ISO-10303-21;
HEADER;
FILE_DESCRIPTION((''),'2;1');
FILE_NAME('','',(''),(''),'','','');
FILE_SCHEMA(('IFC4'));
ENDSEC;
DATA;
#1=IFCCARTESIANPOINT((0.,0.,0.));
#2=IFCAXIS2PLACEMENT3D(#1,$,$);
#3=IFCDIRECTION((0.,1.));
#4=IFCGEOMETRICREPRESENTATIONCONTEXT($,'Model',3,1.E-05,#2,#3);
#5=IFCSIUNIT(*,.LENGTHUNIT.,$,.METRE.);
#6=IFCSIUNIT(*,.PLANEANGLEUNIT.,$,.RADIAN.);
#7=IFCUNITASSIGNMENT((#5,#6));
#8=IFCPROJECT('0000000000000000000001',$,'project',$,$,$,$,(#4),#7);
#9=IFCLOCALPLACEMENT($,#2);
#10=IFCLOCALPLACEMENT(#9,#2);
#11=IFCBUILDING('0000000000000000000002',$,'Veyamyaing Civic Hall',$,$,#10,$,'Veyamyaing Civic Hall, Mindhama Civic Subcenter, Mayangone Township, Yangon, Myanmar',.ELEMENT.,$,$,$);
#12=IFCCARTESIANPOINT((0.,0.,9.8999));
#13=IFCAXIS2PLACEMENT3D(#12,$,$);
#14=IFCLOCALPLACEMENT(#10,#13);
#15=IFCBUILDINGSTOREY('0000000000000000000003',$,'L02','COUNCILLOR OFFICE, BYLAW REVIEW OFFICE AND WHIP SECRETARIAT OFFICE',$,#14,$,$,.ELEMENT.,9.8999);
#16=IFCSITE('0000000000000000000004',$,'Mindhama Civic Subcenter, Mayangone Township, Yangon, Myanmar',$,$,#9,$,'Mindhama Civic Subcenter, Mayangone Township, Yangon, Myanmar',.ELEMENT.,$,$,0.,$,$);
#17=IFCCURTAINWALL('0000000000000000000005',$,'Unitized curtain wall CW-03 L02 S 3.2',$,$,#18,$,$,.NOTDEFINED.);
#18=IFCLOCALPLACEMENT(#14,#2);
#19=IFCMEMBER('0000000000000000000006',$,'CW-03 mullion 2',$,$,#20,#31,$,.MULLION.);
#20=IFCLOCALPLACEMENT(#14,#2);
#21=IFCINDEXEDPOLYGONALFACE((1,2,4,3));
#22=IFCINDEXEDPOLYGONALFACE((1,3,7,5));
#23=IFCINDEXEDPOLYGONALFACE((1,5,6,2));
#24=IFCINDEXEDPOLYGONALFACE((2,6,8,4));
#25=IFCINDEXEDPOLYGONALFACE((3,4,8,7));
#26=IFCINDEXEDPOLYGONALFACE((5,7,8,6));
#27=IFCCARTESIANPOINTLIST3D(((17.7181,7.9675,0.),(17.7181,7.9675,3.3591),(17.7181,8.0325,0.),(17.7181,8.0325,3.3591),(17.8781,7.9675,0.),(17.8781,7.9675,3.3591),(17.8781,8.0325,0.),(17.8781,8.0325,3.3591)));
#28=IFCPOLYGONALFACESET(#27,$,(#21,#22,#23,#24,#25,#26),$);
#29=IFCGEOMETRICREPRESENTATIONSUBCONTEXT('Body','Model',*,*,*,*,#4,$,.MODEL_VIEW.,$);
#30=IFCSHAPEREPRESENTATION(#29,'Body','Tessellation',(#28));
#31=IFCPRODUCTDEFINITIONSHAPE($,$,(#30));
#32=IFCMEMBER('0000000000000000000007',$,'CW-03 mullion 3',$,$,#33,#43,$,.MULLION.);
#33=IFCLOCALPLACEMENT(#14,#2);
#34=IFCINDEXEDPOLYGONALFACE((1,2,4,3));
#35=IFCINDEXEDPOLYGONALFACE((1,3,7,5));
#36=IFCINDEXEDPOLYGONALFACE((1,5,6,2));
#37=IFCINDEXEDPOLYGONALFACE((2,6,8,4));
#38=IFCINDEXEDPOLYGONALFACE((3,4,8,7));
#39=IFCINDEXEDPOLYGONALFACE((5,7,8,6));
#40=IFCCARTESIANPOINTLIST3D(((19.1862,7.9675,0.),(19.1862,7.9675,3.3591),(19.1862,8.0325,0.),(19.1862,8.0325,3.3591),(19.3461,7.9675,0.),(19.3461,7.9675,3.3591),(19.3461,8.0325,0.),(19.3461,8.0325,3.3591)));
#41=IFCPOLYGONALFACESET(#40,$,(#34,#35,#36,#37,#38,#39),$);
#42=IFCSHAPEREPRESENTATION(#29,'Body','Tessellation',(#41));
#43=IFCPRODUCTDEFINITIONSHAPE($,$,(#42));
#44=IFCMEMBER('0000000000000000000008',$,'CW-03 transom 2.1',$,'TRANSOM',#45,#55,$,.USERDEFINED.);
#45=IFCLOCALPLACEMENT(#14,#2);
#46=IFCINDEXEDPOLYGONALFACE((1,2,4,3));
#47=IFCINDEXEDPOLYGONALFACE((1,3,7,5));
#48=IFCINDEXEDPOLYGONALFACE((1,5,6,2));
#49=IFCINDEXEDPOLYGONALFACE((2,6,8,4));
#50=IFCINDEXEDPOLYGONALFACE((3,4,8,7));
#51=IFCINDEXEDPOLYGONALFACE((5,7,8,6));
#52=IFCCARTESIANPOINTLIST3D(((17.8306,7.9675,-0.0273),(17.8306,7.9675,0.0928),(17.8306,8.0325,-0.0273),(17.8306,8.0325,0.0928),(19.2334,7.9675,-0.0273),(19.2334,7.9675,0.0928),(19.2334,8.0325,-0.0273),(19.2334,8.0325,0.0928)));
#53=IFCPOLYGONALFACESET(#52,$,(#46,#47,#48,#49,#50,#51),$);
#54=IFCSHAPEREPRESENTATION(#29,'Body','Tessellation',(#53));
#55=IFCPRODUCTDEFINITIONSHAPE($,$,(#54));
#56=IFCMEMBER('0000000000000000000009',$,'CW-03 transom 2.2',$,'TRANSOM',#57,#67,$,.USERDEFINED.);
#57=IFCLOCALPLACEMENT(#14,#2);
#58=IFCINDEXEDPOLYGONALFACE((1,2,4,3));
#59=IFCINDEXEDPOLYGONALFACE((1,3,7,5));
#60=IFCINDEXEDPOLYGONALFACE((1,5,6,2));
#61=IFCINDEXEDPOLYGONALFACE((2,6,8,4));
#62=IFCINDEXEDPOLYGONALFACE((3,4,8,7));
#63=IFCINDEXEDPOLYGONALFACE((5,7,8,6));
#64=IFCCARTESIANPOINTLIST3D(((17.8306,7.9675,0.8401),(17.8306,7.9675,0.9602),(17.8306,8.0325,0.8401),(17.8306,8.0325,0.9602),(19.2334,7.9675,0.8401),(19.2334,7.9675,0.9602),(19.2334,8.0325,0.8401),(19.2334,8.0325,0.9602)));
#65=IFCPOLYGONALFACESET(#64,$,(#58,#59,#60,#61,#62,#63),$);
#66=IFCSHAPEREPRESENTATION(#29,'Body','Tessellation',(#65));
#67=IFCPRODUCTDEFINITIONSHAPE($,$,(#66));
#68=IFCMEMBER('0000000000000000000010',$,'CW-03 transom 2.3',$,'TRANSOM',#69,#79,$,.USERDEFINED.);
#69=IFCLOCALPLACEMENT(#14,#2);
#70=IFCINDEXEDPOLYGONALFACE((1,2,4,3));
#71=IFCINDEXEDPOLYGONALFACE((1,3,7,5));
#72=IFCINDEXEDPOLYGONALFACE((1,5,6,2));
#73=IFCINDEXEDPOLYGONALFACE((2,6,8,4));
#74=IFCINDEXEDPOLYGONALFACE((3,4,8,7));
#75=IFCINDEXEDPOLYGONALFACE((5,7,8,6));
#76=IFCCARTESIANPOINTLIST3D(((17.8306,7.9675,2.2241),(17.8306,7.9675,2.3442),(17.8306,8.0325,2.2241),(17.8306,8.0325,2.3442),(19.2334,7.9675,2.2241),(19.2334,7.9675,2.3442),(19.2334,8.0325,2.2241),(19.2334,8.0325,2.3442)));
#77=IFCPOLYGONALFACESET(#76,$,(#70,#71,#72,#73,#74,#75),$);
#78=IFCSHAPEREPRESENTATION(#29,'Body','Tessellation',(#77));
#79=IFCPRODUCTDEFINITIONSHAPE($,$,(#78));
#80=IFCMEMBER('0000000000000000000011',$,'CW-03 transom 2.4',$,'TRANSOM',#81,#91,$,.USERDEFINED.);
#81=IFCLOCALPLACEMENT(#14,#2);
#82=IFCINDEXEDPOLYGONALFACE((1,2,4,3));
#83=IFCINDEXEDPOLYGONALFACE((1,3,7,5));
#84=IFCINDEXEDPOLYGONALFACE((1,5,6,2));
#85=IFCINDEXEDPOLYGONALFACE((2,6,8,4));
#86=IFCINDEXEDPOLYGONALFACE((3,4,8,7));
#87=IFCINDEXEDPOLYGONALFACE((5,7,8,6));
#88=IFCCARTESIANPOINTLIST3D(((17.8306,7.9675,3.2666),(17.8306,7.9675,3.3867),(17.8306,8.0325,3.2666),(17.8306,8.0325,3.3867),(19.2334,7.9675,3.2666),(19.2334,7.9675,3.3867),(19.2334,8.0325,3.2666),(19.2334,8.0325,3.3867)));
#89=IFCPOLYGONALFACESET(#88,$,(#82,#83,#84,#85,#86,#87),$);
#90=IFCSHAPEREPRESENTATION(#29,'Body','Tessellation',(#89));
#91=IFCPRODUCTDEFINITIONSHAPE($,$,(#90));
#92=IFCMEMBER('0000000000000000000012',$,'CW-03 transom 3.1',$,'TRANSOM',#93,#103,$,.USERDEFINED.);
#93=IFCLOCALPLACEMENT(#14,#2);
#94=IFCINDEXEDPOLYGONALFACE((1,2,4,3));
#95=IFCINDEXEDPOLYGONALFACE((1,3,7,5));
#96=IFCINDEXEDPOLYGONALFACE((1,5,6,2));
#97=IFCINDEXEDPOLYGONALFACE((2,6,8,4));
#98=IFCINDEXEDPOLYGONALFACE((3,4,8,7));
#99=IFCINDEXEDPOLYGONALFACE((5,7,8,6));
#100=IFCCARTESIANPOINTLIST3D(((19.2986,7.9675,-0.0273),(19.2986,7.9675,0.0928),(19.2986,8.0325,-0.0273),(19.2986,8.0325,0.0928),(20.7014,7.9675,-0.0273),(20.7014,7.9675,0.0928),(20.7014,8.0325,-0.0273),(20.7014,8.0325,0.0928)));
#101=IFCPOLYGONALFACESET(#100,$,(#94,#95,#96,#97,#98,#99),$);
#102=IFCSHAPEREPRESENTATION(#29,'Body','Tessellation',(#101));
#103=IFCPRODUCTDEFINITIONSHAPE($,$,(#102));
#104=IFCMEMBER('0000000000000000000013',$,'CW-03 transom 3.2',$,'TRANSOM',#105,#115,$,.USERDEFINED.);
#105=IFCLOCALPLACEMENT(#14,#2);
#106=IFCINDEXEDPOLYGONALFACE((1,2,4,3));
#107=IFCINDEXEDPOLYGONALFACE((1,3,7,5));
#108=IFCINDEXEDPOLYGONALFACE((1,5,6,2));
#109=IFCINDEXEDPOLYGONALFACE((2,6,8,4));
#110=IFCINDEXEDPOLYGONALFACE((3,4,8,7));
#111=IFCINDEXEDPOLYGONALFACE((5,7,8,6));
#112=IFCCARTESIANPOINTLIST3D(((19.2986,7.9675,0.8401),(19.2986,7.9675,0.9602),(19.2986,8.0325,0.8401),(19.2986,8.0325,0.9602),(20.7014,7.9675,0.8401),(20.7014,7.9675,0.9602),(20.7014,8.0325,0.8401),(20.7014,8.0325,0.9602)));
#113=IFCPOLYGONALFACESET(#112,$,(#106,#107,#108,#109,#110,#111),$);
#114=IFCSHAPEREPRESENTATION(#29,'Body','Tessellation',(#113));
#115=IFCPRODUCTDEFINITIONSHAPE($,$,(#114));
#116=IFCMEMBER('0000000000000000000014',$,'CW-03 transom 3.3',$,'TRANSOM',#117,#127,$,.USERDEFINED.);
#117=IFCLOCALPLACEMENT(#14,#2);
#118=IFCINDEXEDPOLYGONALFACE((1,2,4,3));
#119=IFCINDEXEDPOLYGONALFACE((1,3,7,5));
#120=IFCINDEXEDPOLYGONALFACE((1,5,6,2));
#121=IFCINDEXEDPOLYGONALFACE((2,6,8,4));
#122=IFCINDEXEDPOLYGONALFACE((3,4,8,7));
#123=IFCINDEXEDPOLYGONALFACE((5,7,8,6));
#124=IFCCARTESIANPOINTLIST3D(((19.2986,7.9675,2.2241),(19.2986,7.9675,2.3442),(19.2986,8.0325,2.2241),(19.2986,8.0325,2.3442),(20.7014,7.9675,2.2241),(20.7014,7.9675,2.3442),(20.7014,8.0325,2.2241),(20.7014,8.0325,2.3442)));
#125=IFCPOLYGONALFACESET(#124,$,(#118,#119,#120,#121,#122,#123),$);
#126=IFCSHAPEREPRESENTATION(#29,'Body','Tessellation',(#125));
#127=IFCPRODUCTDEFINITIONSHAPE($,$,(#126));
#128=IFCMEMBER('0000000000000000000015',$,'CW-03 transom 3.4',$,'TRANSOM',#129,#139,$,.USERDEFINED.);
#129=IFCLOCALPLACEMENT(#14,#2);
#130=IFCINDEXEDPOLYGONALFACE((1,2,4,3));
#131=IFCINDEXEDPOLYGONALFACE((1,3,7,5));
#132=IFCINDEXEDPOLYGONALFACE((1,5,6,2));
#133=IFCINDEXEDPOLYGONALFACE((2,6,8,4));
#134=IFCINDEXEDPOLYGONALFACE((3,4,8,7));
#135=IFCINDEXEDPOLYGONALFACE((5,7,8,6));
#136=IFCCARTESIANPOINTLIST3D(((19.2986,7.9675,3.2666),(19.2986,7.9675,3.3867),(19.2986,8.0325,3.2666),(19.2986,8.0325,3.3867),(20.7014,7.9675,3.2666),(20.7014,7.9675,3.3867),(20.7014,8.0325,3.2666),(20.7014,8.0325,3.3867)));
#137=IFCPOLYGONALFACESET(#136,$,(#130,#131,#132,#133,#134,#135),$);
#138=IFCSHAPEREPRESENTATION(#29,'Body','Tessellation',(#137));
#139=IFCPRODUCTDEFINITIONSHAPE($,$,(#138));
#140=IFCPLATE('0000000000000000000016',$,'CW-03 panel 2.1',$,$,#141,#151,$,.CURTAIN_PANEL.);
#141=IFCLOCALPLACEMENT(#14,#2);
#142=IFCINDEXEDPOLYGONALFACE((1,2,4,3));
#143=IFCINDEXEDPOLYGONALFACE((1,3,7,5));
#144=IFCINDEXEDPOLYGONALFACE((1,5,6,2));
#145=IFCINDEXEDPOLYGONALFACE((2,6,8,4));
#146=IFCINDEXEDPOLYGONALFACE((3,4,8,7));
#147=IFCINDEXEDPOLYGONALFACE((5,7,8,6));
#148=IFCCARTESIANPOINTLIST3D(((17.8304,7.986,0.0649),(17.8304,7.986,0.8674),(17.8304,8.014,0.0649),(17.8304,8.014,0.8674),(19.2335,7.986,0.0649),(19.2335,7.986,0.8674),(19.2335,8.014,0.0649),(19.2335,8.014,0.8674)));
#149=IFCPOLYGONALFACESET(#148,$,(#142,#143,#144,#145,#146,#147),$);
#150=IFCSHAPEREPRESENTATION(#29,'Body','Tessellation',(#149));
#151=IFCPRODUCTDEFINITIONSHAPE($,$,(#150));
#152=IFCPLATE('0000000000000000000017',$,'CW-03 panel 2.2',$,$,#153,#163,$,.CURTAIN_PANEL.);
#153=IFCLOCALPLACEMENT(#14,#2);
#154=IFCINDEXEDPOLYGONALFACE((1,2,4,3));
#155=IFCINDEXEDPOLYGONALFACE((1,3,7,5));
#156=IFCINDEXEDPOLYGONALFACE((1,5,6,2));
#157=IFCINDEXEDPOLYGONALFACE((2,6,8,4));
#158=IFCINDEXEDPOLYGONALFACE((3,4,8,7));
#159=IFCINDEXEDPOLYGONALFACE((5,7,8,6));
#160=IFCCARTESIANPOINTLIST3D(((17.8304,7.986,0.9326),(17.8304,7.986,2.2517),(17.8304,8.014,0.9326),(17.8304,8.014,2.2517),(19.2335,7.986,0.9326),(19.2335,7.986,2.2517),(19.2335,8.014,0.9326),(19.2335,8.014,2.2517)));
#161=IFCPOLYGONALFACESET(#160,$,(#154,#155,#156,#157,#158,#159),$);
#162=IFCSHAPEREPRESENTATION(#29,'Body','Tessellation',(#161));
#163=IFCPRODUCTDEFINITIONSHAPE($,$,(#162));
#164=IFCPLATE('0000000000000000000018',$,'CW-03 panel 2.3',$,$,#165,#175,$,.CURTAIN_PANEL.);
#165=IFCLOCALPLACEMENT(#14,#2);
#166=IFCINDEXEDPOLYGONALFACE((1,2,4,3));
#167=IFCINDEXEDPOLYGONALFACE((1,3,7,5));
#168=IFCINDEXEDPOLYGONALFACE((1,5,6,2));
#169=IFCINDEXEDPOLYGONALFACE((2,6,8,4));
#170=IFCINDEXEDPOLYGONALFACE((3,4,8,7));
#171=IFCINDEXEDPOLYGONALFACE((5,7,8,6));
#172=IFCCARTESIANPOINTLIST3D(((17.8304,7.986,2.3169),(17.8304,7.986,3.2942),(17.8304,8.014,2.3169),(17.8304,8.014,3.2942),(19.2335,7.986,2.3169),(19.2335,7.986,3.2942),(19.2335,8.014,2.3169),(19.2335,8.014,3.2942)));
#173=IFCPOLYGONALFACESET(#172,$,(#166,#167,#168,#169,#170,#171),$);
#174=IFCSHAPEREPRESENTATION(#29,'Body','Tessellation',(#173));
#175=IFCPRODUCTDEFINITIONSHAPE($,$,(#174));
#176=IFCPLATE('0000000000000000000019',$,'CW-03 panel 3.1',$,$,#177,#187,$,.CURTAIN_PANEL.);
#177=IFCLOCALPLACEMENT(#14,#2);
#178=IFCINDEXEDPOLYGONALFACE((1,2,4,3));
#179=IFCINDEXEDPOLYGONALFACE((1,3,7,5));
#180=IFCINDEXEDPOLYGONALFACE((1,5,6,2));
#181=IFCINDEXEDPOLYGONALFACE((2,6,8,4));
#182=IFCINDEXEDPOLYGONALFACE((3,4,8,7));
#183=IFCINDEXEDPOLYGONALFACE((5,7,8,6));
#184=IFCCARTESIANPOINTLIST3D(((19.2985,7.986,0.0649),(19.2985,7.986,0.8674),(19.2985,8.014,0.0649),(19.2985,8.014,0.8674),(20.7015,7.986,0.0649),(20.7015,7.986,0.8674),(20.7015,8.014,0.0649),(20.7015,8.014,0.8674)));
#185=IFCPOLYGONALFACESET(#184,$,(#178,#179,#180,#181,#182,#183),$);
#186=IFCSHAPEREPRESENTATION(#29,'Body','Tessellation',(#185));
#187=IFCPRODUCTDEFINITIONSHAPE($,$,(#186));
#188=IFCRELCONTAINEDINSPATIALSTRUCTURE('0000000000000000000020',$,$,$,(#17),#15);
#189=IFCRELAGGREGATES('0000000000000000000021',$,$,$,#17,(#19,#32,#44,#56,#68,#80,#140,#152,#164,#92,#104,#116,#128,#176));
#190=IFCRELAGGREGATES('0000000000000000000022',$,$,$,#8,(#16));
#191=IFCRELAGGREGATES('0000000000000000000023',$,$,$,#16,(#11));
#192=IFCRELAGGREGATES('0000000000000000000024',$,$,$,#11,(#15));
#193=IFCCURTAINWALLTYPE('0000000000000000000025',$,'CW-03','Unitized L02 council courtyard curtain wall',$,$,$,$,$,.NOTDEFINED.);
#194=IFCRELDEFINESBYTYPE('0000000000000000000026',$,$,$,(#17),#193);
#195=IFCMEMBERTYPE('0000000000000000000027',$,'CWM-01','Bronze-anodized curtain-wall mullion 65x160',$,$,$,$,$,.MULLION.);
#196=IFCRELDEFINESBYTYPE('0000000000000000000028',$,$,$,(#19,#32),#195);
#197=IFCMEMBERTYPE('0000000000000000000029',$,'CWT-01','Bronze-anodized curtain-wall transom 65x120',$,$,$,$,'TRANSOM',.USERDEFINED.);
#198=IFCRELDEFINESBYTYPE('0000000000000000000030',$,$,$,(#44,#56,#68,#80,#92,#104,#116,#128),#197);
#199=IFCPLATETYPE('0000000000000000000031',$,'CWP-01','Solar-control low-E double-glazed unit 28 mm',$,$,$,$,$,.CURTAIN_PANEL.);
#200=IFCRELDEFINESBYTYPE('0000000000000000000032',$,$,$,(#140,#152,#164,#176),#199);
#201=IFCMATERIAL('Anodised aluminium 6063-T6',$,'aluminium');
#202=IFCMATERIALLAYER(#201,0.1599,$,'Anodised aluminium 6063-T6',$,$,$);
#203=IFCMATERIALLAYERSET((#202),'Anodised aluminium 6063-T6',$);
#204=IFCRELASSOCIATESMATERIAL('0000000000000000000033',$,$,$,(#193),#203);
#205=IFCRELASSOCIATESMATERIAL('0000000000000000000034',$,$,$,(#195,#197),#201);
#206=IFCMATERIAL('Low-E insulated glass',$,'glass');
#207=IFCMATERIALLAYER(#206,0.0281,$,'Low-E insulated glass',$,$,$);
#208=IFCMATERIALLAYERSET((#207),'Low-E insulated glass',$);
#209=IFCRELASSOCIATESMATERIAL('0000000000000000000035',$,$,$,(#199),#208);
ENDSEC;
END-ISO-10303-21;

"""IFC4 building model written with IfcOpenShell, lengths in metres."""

from ifc_helpers import new_model, si_unit, direction, frame, origin, origin_2d, place, context, subcontext, project, spatial, rectangle, extrude, material, layer, layer_set, material_profile, profile_set, type_object, element, aggregate, save


model = new_model("IFC4")

# Units and contexts
model_context = context("Model", 3, precision=1e-05, world=origin(), true_north=direction((0.0, 1.0)))
body_context = subcontext(model_context, "Body", "Model", "MODEL_VIEW")
ifc_project = project(units=[si_unit("LENGTHUNIT", "METRE"), si_unit("PLANEANGLEUNIT", "RADIAN")], contexts=[model_context])

# Site, building, storey
site_placement = place(None, origin())
site = spatial("IfcSite", under=ifc_project, at=site_placement, Name="Mindhama Civic Subcenter, Mayangone Township, Yangon, Myanmar", LongName="Mindhama Civic Subcenter, Mayangone Township, Yangon, Myanmar", CompositionType="ELEMENT", RefElevation=0.0)
building_placement = place(site_placement, origin())
building = spatial("IfcBuilding", under=site, at=building_placement, Name="Veyamyaing Civic Hall", LongName="Veyamyaing Civic Hall, Mindhama Civic Subcenter, Mayangone Township, Yangon, Myanmar", CompositionType="ELEMENT")
storey_placement = place(building_placement, frame((0.0, 0.0, 9.8999)))
storey = spatial("IfcBuildingStorey", under=building, at=storey_placement, Name="L02", Description="COUNCILLOR OFFICE, BYLAW REVIEW OFFICE AND WHIP SECRETARIAT OFFICE", CompositionType="ELEMENT", Elevation=9.8999)

# Curtain wall, members, plates
ifc_material_1 = material(Name="Anodised aluminium 6063-T6", Category="aluminium")
ifc_layer_1 = layer(ifc_material_1, 0.1599, Name="Anodised aluminium 6063-T6")
ifc_layer_set_1 = layer_set([ifc_layer_1], Name="Anodised aluminium 6063-T6")
curtain_wall_type = type_object("IfcCurtainWallType", Name="CW-03", Description="Unitized L02 council courtyard curtain wall", PredefinedType="NOTDEFINED", material=ifc_layer_set_1)
curtain_wall_placement = place(storey_placement, origin())
curtain_wall = element("IfcCurtainWall", 1, at=curtain_wall_placement, inside=storey, type_object=curtain_wall_type, Name="Unitized curtain wall CW-03 L02 S 3.2", PredefinedType="NOTDEFINED")
ifc_material_profile_1 = material_profile(ifc_material_1, rectangle(XDim=0.0649, YDim=0.1599, at=origin_2d()), Name="ALU-MUL-65X160")
ifc_profile_set_1 = profile_set([ifc_material_profile_1], Name="Anodised aluminium 6063-T6")
member_type_1 = type_object("IfcMemberType", Name="CWM-01", Description="Bronze-anodized curtain-wall mullion 65x160", PredefinedType="MULLION", material=ifc_profile_set_1)
member_1_placement = place(storey_placement, frame((17.7981, 8.0, 0.0), z_axis=(0.0, 0.0, 1.0), x_axis=(0.0, 1.0, 0.0)))
member_1 = element("IfcMember", 2, at=member_1_placement, type_object=member_type_1, Name="CW-03 mullion 2", PredefinedType="MULLION", context=body_context, shape_type="SweptSolid", body=[
    extrude(rectangle(XDim=0.0649, YDim=0.1599, at=origin_2d()), origin(), (0.0, 0.0, 1.0), 3.3591),
])
member_2_placement = place(storey_placement, frame((19.2661, 8.0, 0.0), z_axis=(0.0, 0.0, 1.0), x_axis=(0.0, 1.0, 0.0)))
member_2 = element("IfcMember", 3, at=member_2_placement, type_object=member_type_1, Name="CW-03 mullion 3", PredefinedType="MULLION", context=body_context, shape_type="SweptSolid", body=[
    extrude(rectangle(XDim=0.0649, YDim=0.1599, at=origin_2d()), origin(), (0.0, 0.0, 1.0), 3.3591),
])
ifc_material_profile_2 = material_profile(ifc_material_1, rectangle(XDim=0.0649, YDim=0.1201, at=origin_2d()), Name="ALU-TRN-65X120")
ifc_profile_set_2 = profile_set([ifc_material_profile_2], Name="Anodised aluminium 6063-T6")
member_type_2 = type_object("IfcMemberType", Name="CWT-01", Description="Bronze-anodized curtain-wall transom 65x120", ElementType="TRANSOM", PredefinedType="USERDEFINED", material=ifc_profile_set_2)
member_3_placement = place(storey_placement, frame((17.8306, 8.0, 0.0327), z_axis=(1.0, 0.0, 0.0), x_axis=(0.0, 1.0, 0.0)))
member_3 = element("IfcMember", 4, at=member_3_placement, type_object=member_type_2, Name="CW-03 transom 2.1", ObjectType="TRANSOM", PredefinedType="USERDEFINED", context=body_context, shape_type="SweptSolid", body=[
    extrude(rectangle(XDim=0.0649, YDim=0.1201, at=origin_2d()), origin(), (0.0, 0.0, 1.0), 1.4028),
])
member_4_placement = place(storey_placement, frame((17.8306, 8.0, 0.9001), z_axis=(1.0, 0.0, 0.0), x_axis=(0.0, 1.0, 0.0)))
member_4 = element("IfcMember", 5, at=member_4_placement, type_object=member_type_2, Name="CW-03 transom 2.2", ObjectType="TRANSOM", PredefinedType="USERDEFINED", context=body_context, shape_type="SweptSolid", body=[
    extrude(rectangle(XDim=0.0649, YDim=0.1201, at=origin_2d()), origin(), (0.0, 0.0, 1.0), 1.4028),
])
member_5_placement = place(storey_placement, frame((17.8306, 8.0, 2.2842), z_axis=(1.0, 0.0, 0.0), x_axis=(0.0, 1.0, 0.0)))
member_5 = element("IfcMember", 6, at=member_5_placement, type_object=member_type_2, Name="CW-03 transom 2.3", ObjectType="TRANSOM", PredefinedType="USERDEFINED", context=body_context, shape_type="SweptSolid", body=[
    extrude(rectangle(XDim=0.0649, YDim=0.1201, at=origin_2d()), origin(), (0.0, 0.0, 1.0), 1.4028),
])
member_6_placement = place(storey_placement, frame((17.8306, 8.0, 3.3267), z_axis=(1.0, 0.0, 0.0), x_axis=(0.0, 1.0, 0.0)))
member_6 = element("IfcMember", 7, at=member_6_placement, type_object=member_type_2, Name="CW-03 transom 2.4", ObjectType="TRANSOM", PredefinedType="USERDEFINED", context=body_context, shape_type="SweptSolid", body=[
    extrude(rectangle(XDim=0.0649, YDim=0.1201, at=origin_2d()), origin(), (0.0, 0.0, 1.0), 1.4028),
])
member_7_placement = place(storey_placement, frame((19.2986, 8.0, 0.0327), z_axis=(1.0, 0.0, 0.0), x_axis=(0.0, 1.0, 0.0)))
member_7 = element("IfcMember", 8, at=member_7_placement, type_object=member_type_2, Name="CW-03 transom 3.1", ObjectType="TRANSOM", PredefinedType="USERDEFINED", context=body_context, shape_type="SweptSolid", body=[
    extrude(rectangle(XDim=0.0649, YDim=0.1201, at=origin_2d()), origin(), (0.0, 0.0, 1.0), 1.4028),
])
member_8_placement = place(storey_placement, frame((19.2986, 8.0, 0.9001), z_axis=(1.0, 0.0, 0.0), x_axis=(0.0, 1.0, 0.0)))
member_8 = element("IfcMember", 9, at=member_8_placement, type_object=member_type_2, Name="CW-03 transom 3.2", ObjectType="TRANSOM", PredefinedType="USERDEFINED", context=body_context, shape_type="SweptSolid", body=[
    extrude(rectangle(XDim=0.0649, YDim=0.1201, at=origin_2d()), origin(), (0.0, 0.0, 1.0), 1.4028),
])
member_9_placement = place(storey_placement, frame((19.2986, 8.0, 2.2842), z_axis=(1.0, 0.0, 0.0), x_axis=(0.0, 1.0, 0.0)))
member_9 = element("IfcMember", 10, at=member_9_placement, type_object=member_type_2, Name="CW-03 transom 3.3", ObjectType="TRANSOM", PredefinedType="USERDEFINED", context=body_context, shape_type="SweptSolid", body=[
    extrude(rectangle(XDim=0.0649, YDim=0.1201, at=origin_2d()), origin(), (0.0, 0.0, 1.0), 1.4028),
])
member_10_placement = place(storey_placement, frame((19.2986, 8.0, 3.3267), z_axis=(1.0, 0.0, 0.0), x_axis=(0.0, 1.0, 0.0)))
member_10 = element("IfcMember", 11, at=member_10_placement, type_object=member_type_2, Name="CW-03 transom 3.4", ObjectType="TRANSOM", PredefinedType="USERDEFINED", context=body_context, shape_type="SweptSolid", body=[
    extrude(rectangle(XDim=0.0649, YDim=0.1201, at=origin_2d()), origin(), (0.0, 0.0, 1.0), 1.4028),
])
ifc_material_2 = material(Name="Low-E insulated glass", Category="glass")
ifc_layer_2 = layer(ifc_material_2, 0.0281, Name="Low-E insulated glass")
ifc_layer_set_2 = layer_set([ifc_layer_2], Name="Low-E insulated glass")
plate_type = type_object("IfcPlateType", Name="CWP-01", Description="Solar-control low-E double-glazed unit 28 mm", PredefinedType="CURTAIN_PANEL", material=ifc_layer_set_2)
plate_1_placement = place(storey_placement, frame((18.532, 8.0, 0.0649), z_axis=(0.0, 0.0, 1.0), x_axis=(1.0, 0.0, 0.0)))
plate_1 = element("IfcPlate", 12, at=plate_1_placement, type_object=plate_type, Name="CW-03 panel 2.1", PredefinedType="CURTAIN_PANEL", context=body_context, shape_type="SweptSolid", body=[
    extrude(rectangle(XDim=1.4031, YDim=0.0281, at=origin_2d()), origin(), (0.0, 0.0, 1.0), 0.8025),
])
plate_2_placement = place(storey_placement, frame((18.532, 8.0, 0.9326), z_axis=(0.0, 0.0, 1.0), x_axis=(1.0, 0.0, 0.0)))
plate_2 = element("IfcPlate", 13, at=plate_2_placement, type_object=plate_type, Name="CW-03 panel 2.2", PredefinedType="CURTAIN_PANEL", context=body_context, shape_type="SweptSolid", body=[
    extrude(rectangle(XDim=1.4031, YDim=0.0281, at=origin_2d()), origin(), (0.0, 0.0, 1.0), 1.3191),
])
plate_3_placement = place(storey_placement, frame((18.532, 8.0, 2.3169), z_axis=(0.0, 0.0, 1.0), x_axis=(1.0, 0.0, 0.0)))
plate_3 = element("IfcPlate", 14, at=plate_3_placement, type_object=plate_type, Name="CW-03 panel 2.3", PredefinedType="CURTAIN_PANEL", context=body_context, shape_type="SweptSolid", body=[
    extrude(rectangle(XDim=1.4031, YDim=0.0281, at=origin_2d()), origin(), (0.0, 0.0, 1.0), 0.9773),
])
plate_4_placement = place(storey_placement, frame((20.0, 8.0, 0.0649), z_axis=(0.0, 0.0, 1.0), x_axis=(1.0, 0.0, 0.0)))
plate_4 = element("IfcPlate", 15, at=plate_4_placement, type_object=plate_type, Name="CW-03 panel 3.1", PredefinedType="CURTAIN_PANEL", context=body_context, shape_type="SweptSolid", body=[
    extrude(rectangle(XDim=1.4031, YDim=0.0281, at=origin_2d()), origin(), (0.0, 0.0, 1.0), 0.8025),
])
aggregate(curtain_wall, [member_1, member_2, member_3, member_4, member_5, member_6, plate_1, plate_2, plate_3, member_7, member_8, member_9, member_10, plate_4])

save(model, "model.ifc")
